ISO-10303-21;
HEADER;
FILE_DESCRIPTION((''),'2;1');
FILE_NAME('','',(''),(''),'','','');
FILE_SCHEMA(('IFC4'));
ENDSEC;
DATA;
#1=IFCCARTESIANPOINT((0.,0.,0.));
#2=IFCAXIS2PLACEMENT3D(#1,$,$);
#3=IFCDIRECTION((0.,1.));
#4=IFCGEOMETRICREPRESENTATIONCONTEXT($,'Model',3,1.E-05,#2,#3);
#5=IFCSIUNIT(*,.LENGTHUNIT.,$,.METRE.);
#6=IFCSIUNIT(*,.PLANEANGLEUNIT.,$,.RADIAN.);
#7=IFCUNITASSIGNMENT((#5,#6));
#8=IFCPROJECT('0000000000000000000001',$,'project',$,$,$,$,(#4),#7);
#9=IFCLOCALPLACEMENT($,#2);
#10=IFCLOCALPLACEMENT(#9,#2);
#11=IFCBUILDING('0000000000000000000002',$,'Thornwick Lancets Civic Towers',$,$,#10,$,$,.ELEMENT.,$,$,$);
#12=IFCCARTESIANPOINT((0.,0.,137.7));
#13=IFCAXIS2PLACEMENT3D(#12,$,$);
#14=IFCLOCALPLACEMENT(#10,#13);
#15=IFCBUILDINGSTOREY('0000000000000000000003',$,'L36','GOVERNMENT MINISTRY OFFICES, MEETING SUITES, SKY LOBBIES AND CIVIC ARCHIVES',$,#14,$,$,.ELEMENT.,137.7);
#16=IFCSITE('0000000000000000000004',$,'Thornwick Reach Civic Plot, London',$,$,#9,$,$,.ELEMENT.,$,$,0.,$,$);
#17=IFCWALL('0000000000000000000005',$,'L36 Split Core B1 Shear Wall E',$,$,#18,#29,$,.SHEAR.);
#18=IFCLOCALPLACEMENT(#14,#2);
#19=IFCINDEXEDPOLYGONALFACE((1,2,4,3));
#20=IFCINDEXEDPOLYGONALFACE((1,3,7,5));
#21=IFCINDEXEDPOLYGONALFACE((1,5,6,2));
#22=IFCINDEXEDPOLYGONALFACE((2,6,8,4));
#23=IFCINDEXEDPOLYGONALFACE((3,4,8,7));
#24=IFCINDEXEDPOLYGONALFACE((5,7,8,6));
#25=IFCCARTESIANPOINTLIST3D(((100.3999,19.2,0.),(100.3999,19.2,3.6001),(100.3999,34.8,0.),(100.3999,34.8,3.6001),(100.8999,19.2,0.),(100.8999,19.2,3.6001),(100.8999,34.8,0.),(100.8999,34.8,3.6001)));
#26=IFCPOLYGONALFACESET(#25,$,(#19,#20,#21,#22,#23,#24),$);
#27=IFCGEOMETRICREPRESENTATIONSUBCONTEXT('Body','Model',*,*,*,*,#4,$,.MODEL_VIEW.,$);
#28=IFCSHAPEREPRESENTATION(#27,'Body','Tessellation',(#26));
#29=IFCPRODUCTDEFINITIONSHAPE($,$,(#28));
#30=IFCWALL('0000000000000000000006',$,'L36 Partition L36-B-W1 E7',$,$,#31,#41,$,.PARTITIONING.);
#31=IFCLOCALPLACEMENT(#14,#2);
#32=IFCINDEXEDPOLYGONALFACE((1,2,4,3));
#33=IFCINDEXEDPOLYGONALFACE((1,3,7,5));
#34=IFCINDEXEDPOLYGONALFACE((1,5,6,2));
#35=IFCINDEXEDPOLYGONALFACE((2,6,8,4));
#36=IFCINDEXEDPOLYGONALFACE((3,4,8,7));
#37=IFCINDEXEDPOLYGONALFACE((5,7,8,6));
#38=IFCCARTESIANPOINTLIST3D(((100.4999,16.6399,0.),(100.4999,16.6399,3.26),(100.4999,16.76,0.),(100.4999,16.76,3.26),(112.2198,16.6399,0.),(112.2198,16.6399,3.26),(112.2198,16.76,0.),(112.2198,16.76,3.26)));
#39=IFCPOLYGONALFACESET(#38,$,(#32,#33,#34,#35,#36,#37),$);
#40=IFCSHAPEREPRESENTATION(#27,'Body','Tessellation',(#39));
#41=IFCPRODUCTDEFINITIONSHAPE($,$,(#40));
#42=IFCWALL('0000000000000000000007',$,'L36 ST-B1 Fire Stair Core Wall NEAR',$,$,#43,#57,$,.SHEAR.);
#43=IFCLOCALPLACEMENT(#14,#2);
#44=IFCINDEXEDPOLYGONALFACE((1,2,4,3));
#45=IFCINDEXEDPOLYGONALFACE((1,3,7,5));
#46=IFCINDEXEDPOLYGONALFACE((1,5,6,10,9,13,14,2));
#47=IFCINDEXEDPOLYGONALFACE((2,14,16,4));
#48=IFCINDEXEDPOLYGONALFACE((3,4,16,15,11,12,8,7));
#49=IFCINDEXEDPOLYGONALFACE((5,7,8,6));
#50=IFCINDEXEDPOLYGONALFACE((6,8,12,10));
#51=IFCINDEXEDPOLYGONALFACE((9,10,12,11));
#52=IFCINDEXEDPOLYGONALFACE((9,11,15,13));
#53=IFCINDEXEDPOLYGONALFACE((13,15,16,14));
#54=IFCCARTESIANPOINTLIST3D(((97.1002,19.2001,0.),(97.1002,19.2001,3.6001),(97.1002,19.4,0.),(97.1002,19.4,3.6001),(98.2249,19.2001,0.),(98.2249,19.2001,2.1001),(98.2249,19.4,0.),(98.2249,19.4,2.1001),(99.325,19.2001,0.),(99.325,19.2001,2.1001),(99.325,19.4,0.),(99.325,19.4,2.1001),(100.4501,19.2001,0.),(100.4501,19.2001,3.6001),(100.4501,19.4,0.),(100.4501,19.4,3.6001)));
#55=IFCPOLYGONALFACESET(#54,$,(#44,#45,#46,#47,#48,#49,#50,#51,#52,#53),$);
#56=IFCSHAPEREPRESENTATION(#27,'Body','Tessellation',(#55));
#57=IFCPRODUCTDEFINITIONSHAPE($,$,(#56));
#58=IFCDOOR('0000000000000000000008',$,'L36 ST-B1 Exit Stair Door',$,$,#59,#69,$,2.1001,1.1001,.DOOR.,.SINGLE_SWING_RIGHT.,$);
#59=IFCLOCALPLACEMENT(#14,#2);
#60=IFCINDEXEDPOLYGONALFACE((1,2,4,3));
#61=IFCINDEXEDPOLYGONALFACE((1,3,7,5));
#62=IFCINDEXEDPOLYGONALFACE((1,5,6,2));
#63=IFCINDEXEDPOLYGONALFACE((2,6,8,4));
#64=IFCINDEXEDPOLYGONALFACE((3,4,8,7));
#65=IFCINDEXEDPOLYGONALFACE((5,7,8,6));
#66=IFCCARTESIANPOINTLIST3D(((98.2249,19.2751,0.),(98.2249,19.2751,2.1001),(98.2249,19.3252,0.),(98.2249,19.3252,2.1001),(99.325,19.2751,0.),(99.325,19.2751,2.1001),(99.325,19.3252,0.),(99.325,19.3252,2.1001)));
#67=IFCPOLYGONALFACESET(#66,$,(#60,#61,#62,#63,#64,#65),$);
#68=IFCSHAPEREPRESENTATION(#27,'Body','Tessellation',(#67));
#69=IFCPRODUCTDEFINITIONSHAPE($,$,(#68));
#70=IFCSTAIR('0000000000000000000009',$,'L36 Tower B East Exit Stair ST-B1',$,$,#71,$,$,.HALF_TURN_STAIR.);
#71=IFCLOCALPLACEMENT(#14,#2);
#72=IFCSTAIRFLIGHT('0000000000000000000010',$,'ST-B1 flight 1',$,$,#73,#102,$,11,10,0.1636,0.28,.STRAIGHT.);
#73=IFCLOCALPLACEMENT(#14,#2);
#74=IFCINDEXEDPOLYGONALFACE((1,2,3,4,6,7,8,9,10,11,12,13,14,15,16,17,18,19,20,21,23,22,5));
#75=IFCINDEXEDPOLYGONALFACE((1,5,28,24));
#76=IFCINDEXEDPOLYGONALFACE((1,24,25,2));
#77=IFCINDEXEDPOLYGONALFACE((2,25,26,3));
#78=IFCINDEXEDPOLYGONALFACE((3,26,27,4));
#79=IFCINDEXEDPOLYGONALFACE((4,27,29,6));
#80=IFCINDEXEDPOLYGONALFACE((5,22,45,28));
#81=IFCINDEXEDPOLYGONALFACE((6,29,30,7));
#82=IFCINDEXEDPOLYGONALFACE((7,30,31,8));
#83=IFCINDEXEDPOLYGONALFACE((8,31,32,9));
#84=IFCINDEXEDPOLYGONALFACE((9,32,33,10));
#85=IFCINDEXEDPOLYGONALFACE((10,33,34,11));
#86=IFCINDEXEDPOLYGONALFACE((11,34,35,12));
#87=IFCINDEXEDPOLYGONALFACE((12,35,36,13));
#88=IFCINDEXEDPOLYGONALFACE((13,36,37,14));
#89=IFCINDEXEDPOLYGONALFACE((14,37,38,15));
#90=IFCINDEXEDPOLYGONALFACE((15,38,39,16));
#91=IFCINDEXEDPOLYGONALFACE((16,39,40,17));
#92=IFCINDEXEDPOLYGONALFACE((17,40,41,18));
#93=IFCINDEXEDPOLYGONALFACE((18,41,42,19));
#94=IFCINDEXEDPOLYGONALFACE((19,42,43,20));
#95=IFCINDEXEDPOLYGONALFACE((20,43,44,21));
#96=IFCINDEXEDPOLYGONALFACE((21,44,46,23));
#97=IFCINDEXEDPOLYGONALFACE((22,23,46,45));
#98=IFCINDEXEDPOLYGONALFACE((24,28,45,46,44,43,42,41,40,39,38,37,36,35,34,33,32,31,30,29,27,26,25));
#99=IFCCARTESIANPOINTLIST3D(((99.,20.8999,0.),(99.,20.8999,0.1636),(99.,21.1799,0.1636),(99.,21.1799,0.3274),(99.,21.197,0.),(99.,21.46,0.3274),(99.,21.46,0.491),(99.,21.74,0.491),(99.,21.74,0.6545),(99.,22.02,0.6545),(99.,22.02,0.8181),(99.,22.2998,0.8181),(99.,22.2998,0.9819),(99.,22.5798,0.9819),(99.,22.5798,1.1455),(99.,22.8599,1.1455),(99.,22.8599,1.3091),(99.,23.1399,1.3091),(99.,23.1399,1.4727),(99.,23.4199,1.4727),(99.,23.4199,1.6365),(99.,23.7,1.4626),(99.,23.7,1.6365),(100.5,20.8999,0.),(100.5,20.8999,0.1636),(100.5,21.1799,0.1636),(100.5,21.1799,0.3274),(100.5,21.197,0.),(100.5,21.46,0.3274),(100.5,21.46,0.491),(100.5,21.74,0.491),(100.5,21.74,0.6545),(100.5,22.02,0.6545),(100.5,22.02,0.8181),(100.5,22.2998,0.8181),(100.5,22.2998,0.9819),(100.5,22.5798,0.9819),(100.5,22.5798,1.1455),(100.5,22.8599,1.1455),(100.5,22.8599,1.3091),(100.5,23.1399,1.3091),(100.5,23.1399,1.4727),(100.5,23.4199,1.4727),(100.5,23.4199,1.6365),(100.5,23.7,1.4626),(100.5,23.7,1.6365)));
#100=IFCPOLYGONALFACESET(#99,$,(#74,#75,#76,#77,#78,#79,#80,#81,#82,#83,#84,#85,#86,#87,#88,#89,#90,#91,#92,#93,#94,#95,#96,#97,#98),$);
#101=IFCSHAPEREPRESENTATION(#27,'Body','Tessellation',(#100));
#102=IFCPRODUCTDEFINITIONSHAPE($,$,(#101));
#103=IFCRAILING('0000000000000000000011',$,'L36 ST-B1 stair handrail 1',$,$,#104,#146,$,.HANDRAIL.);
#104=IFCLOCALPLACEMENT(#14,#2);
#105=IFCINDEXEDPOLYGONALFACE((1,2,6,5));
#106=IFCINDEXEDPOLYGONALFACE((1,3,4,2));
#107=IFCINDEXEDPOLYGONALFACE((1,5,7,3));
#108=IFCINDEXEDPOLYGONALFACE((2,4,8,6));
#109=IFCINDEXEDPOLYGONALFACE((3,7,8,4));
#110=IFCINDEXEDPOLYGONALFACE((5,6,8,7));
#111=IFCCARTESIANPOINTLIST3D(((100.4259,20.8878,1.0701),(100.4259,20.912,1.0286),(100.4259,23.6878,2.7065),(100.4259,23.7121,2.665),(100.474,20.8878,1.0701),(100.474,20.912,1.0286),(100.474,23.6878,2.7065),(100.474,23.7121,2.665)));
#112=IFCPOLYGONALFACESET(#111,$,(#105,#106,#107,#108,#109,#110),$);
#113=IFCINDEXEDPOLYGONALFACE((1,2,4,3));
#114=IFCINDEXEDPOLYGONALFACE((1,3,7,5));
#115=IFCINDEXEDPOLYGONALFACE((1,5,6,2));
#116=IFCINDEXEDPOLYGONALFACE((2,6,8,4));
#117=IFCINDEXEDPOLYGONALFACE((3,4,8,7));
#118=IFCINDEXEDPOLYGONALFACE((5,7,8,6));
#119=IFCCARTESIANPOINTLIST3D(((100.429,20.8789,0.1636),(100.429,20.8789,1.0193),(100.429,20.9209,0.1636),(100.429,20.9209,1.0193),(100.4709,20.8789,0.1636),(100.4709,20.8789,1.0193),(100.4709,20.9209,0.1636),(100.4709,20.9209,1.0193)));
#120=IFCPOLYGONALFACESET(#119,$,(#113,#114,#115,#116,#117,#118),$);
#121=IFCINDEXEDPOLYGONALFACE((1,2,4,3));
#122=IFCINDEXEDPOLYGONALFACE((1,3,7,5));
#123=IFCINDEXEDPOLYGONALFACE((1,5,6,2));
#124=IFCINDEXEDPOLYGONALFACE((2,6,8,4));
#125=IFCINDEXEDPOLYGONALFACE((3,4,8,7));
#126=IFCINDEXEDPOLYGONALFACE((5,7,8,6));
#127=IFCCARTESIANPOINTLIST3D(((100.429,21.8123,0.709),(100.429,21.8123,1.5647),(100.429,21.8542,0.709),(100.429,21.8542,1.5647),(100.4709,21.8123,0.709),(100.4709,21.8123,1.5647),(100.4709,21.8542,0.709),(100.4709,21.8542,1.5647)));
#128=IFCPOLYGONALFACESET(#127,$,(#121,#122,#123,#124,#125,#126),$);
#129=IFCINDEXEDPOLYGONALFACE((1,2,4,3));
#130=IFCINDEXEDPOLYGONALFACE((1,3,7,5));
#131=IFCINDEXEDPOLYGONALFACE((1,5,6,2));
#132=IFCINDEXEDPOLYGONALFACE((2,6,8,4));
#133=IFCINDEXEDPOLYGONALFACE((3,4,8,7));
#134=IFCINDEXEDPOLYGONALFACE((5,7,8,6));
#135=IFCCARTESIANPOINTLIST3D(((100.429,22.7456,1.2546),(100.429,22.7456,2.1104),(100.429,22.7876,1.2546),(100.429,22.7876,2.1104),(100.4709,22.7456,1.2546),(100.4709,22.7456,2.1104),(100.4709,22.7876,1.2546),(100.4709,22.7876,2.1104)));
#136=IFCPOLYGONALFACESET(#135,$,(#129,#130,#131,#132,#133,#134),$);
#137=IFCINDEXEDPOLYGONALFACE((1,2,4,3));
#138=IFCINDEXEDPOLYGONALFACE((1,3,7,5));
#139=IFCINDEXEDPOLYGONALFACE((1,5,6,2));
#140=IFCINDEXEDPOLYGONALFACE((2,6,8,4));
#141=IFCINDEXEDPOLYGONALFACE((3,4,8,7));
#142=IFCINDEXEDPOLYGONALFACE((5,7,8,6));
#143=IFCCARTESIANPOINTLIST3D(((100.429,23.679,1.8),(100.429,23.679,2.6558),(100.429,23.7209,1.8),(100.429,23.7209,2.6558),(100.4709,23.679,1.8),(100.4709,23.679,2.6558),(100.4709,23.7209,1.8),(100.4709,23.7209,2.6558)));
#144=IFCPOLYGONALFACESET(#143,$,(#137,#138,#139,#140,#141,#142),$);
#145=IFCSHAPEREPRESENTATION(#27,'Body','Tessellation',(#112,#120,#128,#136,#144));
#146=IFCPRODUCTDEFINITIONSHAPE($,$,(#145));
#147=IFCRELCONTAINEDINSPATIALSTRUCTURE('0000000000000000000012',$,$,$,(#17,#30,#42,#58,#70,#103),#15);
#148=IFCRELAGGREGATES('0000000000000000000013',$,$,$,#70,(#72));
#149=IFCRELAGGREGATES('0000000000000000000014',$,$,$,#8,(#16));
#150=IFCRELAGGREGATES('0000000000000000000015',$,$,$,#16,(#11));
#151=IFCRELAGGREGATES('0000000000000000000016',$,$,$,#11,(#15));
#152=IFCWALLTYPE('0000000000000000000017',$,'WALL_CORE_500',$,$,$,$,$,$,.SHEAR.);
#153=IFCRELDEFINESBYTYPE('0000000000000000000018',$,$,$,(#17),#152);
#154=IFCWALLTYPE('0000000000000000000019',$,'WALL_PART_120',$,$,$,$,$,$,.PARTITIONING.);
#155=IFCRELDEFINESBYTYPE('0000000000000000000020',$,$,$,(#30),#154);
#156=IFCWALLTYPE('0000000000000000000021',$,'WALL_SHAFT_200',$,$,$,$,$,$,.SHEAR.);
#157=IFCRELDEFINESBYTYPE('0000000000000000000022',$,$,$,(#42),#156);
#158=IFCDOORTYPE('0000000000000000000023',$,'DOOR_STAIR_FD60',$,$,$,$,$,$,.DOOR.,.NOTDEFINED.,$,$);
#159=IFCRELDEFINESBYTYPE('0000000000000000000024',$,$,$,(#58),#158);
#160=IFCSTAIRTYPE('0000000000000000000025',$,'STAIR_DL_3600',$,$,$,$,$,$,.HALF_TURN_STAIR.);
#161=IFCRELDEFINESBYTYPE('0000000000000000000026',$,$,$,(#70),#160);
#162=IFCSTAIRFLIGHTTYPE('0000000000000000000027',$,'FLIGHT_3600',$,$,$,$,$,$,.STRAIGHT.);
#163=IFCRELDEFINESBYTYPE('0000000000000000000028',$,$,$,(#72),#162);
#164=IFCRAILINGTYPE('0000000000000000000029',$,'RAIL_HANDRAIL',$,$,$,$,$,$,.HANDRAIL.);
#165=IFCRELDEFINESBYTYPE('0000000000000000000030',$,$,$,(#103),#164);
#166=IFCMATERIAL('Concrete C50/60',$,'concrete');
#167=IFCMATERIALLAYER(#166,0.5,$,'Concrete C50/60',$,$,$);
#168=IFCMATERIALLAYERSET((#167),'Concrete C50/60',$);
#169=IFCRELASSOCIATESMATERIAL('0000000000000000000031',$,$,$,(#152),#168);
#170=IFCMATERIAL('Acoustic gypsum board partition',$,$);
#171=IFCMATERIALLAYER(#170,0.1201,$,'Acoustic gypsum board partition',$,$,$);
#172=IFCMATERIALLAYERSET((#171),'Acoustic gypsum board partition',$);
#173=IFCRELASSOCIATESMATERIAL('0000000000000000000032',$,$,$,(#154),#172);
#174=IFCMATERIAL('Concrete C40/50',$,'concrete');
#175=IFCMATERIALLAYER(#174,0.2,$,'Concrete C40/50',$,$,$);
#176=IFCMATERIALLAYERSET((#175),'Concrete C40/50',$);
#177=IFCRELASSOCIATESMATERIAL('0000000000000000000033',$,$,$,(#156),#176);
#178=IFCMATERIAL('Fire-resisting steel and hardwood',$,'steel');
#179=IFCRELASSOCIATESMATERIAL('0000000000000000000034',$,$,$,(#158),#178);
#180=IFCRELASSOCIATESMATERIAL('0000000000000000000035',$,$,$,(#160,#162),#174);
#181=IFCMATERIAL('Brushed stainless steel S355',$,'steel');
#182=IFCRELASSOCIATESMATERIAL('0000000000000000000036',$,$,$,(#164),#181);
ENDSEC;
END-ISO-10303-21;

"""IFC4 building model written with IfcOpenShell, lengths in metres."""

from ifc_helpers import new_model, si_unit, direction, frame, frame_2d, origin, origin_2d, place, context, subcontext, project, spatial, polyline, rectangle, outline, extrude, material, layer, layer_set, type_object, element, fill, aggregate, save


model = new_model("IFC4")

# Units and contexts
model_context = context("Model", 3, precision=1e-05, world=origin(), true_north=direction((0.0, 1.0)))
body_context = subcontext(model_context, "Body", "Model", "MODEL_VIEW")
ifc_project = project(units=[si_unit("LENGTHUNIT", "METRE"), si_unit("PLANEANGLEUNIT", "RADIAN")], contexts=[model_context])

# Site, building, storey
site_placement = place(None, origin())
site = spatial("IfcSite", under=ifc_project, at=site_placement, Name="Thornwick Reach Civic Plot, London", CompositionType="ELEMENT", RefElevation=0.0)
building_placement = place(site_placement, origin())
building = spatial("IfcBuilding", under=site, at=building_placement, Name="Thornwick Lancets Civic Towers", CompositionType="ELEMENT")
storey_placement = place(building_placement, frame((0.0, 0.0, 137.7)))
storey = spatial("IfcBuildingStorey", under=building, at=storey_placement, Name="L36", Description="GOVERNMENT MINISTRY OFFICES, MEETING SUITES, SKY LOBBIES AND CIVIC ARCHIVES", CompositionType="ELEMENT", Elevation=137.7)

# Shared definitions
ifc_material_1 = material(Name="Concrete C40/50", Category="concrete")

# Walls
ifc_material_2 = material(Name="Concrete C50/60", Category="concrete")
ifc_layer_1 = layer(ifc_material_2, 0.5, Name="Concrete C50/60")
ifc_layer_set_1 = layer_set([ifc_layer_1], Name="Concrete C50/60")
wall_type_1 = type_object("IfcWallType", Name="WALL_CORE_500", PredefinedType="SHEAR", material=ifc_layer_set_1)
wall_1_placement = place(storey_placement, frame((100.6499, 19.2, 0.0), z_axis=(0.0, 0.0, 1.0), x_axis=(0.0, 1.0, 0.0)))
element("IfcWall", 1, at=wall_1_placement, inside=storey, type_object=wall_type_1, Name="L36 Split Core B1 Shear Wall E", PredefinedType="SHEAR", context=body_context, shape_type="SweptSolid", body=[
    extrude(rectangle(XDim=15.6001, YDim=0.5, at=frame_2d((7.8, 0.0))), origin(), (0.0, 0.0, 1.0), 3.6001),
])
ifc_material_3 = material(Name="Acoustic gypsum board partition")
ifc_layer_2 = layer(ifc_material_3, 0.1201, Name="Acoustic gypsum board partition")
ifc_layer_set_2 = layer_set([ifc_layer_2], Name="Acoustic gypsum board partition")
wall_type_2 = type_object("IfcWallType", Name="WALL_PART_120", PredefinedType="PARTITIONING", material=ifc_layer_set_2)
wall_2_placement = place(storey_placement, frame((100.5, 16.7, 0.0), z_axis=(0.0, 0.0, 1.0), x_axis=(1.0, 0.0, 0.0)))
element("IfcWall", 2, at=wall_2_placement, inside=storey, type_object=wall_type_2, Name="L36 Partition L36-B-W1 E7", PredefinedType="PARTITIONING", context=body_context, shape_type="SweptSolid", body=[
    extrude(rectangle(XDim=11.72, YDim=0.1201, at=frame_2d((5.8599, 0.0))), origin(), (0.0, 0.0, 1.0), 3.26),
])

# Wall, opening, door
ifc_layer_3 = layer(ifc_material_1, 0.2, Name="Concrete C40/50")
ifc_layer_set_3 = layer_set([ifc_layer_3], Name="Concrete C40/50")
wall_type_3 = type_object("IfcWallType", Name="WALL_SHAFT_200", PredefinedType="SHEAR", material=ifc_layer_set_3)
wall_3_placement = place(storey_placement, frame((100.45, 19.3, 0.0), z_axis=(0.0, 0.0, 1.0), x_axis=(-1.0, 0.0, 0.0)))
wall_3 = element("IfcWall", 3, at=wall_3_placement, inside=storey, type_object=wall_type_3, Name="L36 ST-B1 Fire Stair Core Wall NEAR", PredefinedType="SHEAR", context=body_context, shape_type="SweptSolid", body=[
    extrude(rectangle(XDim=3.3499, YDim=0.2, at=frame_2d((1.6748, 0.0))), origin(), (0.0, 0.0, 1.0), 3.6001),
])
opening_placement = place(wall_3_placement, frame((1.125, 0.0, 0.0)))
opening = element("IfcOpeningElement", 4, at=opening_placement, cuts=wall_3, PredefinedType="OPENING", context=body_context, shape_type="SweptSolid", body=[
    extrude(rectangle(XDim=1.1001, YDim=2.1001, at=frame_2d((0.55, 1.05))), frame((0.0, 0.1099, 0.0), z_axis=(0.0, -1.0, 0.0), x_axis=(1.0, 0.0, 0.0)), (0.0, 0.0, 1.0), 0.22),
])
ifc_material_4 = material(Name="Fire-resisting steel and hardwood", Category="steel")
door_type = type_object("IfcDoorType", Name="DOOR_STAIR_FD60", OperationType="NOTDEFINED", PredefinedType="DOOR", material=ifc_material_4)
door_placement = place(opening_placement, origin())
door = element("IfcDoor", 5, at=door_placement, inside=storey, type_object=door_type, Name="L36 ST-B1 Exit Stair Door", OperationType="SINGLE_SWING_RIGHT", OverallHeight=2.1001, OverallWidth=1.1001, PredefinedType="DOOR", context=body_context, shape_type="SweptSolid", body=[
    extrude(rectangle(XDim=1.1001, YDim=2.1001, at=frame_2d((0.55, 1.05))), frame((0.0, 0.0249, 0.0), z_axis=(0.0, -1.0, 0.0), x_axis=(1.0, 0.0, 0.0)), (0.0, 0.0, 1.0), 0.05),
])
fill(opening, door)

# Stair, stair flight
stair_type = type_object("IfcStairType", Name="STAIR_DL_3600", PredefinedType="HALF_TURN_STAIR", material=ifc_material_1)
stair_placement = place(storey_placement, origin())
stair = element("IfcStair", 6, at=stair_placement, inside=storey, type_object=stair_type, Name="L36 Tower B East Exit Stair ST-B1", PredefinedType="HALF_TURN_STAIR")
stair_flight_type = type_object("IfcStairFlightType", Name="FLIGHT_3600", PredefinedType="STRAIGHT", material=ifc_material_1)
stair_flight_placement = place(storey_placement, frame((99.75, 20.8999, 0.0), z_axis=(0.0, 0.0, 1.0), x_axis=(0.0, 1.0, 0.0)))
stair_flight = element("IfcStairFlight", 7, at=stair_flight_placement, type_object=stair_flight_type, Name="ST-B1 flight 1", NumberOfRisers=11, NumberOfTreads=10, PredefinedType="STRAIGHT", RiserHeight=0.1636, TreadLength=0.28, context=body_context, shape_type="SweptSolid", body=[
    extrude(outline(polyline([(0.0, 0.0), (0.0, 0.1636), (0.28, 0.1636), (0.28, 0.3274), (0.5601, 0.3274), (0.5601, 0.491), (0.8401, 0.491), (0.8401, 0.6545), (1.1201, 0.6545), (1.1201, 0.8181), (1.3999, 0.8181), (1.3999, 0.9819), (1.6799, 0.9819), (1.6799, 1.1455), (1.96, 1.1455), (1.96, 1.3091), (2.24, 1.3091), (2.24, 1.4727), (2.52, 1.4727), (2.52, 1.6365), (2.8, 1.6365), (2.8, 1.8), (2.8, 1.4626), (0.2971, 0.0), (0.0, 0.0)])), frame((0.0, 0.75, 0.0), z_axis=(0.0, -1.0, 0.0), x_axis=(1.0, 0.0, 0.0)), (0.0, 0.0, 1.0), 1.5),
])
aggregate(stair, [stair_flight])

# Railing
ifc_material_5 = material(Name="Brushed stainless steel S355", Category="steel")
railing_type_1 = type_object("IfcRailingType", Name="RAIL_HANDRAIL", PredefinedType="HANDRAIL", material=ifc_material_5)
railing_1_placement = place(storey_placement, frame((100.45, 20.8999, 0.1636)))
element("IfcRailing", 8, at=railing_1_placement, inside=storey, type_object=railing_type_1, Name="L36 ST-B1 stair handrail 1", PredefinedType="HANDRAIL", context=body_context, shape_type="SweptSolid", body=[
    extrude(rectangle(XDim=0.0481, YDim=0.0481, at=origin_2d()), frame((0.0, 0.0, 0.8857), z_axis=(0.0, 0.863361, 0.504587), x_axis=(-1.0, 0.0, 0.0)), (0.0, 0.0, 1.0), 3.2432),
    extrude(rectangle(XDim=0.042, YDim=0.042, at=origin_2d()), origin(), (0.0, 0.0, 1.0), 0.8557),
    extrude(rectangle(XDim=0.042, YDim=0.042, at=origin_2d()), frame((0.0, 0.9333, 0.5454)), (0.0, 0.0, 1.0), 0.8557),
    extrude(rectangle(XDim=0.042, YDim=0.042, at=origin_2d()), frame((0.0, 1.8667, 1.0911)), (0.0, 0.0, 1.0), 0.8557),
    extrude(rectangle(XDim=0.042, YDim=0.042, at=origin_2d()), frame((0.0, 2.8, 1.6365)), (0.0, 0.0, 1.0), 0.8557),
])

save(model, "model.ifc")
